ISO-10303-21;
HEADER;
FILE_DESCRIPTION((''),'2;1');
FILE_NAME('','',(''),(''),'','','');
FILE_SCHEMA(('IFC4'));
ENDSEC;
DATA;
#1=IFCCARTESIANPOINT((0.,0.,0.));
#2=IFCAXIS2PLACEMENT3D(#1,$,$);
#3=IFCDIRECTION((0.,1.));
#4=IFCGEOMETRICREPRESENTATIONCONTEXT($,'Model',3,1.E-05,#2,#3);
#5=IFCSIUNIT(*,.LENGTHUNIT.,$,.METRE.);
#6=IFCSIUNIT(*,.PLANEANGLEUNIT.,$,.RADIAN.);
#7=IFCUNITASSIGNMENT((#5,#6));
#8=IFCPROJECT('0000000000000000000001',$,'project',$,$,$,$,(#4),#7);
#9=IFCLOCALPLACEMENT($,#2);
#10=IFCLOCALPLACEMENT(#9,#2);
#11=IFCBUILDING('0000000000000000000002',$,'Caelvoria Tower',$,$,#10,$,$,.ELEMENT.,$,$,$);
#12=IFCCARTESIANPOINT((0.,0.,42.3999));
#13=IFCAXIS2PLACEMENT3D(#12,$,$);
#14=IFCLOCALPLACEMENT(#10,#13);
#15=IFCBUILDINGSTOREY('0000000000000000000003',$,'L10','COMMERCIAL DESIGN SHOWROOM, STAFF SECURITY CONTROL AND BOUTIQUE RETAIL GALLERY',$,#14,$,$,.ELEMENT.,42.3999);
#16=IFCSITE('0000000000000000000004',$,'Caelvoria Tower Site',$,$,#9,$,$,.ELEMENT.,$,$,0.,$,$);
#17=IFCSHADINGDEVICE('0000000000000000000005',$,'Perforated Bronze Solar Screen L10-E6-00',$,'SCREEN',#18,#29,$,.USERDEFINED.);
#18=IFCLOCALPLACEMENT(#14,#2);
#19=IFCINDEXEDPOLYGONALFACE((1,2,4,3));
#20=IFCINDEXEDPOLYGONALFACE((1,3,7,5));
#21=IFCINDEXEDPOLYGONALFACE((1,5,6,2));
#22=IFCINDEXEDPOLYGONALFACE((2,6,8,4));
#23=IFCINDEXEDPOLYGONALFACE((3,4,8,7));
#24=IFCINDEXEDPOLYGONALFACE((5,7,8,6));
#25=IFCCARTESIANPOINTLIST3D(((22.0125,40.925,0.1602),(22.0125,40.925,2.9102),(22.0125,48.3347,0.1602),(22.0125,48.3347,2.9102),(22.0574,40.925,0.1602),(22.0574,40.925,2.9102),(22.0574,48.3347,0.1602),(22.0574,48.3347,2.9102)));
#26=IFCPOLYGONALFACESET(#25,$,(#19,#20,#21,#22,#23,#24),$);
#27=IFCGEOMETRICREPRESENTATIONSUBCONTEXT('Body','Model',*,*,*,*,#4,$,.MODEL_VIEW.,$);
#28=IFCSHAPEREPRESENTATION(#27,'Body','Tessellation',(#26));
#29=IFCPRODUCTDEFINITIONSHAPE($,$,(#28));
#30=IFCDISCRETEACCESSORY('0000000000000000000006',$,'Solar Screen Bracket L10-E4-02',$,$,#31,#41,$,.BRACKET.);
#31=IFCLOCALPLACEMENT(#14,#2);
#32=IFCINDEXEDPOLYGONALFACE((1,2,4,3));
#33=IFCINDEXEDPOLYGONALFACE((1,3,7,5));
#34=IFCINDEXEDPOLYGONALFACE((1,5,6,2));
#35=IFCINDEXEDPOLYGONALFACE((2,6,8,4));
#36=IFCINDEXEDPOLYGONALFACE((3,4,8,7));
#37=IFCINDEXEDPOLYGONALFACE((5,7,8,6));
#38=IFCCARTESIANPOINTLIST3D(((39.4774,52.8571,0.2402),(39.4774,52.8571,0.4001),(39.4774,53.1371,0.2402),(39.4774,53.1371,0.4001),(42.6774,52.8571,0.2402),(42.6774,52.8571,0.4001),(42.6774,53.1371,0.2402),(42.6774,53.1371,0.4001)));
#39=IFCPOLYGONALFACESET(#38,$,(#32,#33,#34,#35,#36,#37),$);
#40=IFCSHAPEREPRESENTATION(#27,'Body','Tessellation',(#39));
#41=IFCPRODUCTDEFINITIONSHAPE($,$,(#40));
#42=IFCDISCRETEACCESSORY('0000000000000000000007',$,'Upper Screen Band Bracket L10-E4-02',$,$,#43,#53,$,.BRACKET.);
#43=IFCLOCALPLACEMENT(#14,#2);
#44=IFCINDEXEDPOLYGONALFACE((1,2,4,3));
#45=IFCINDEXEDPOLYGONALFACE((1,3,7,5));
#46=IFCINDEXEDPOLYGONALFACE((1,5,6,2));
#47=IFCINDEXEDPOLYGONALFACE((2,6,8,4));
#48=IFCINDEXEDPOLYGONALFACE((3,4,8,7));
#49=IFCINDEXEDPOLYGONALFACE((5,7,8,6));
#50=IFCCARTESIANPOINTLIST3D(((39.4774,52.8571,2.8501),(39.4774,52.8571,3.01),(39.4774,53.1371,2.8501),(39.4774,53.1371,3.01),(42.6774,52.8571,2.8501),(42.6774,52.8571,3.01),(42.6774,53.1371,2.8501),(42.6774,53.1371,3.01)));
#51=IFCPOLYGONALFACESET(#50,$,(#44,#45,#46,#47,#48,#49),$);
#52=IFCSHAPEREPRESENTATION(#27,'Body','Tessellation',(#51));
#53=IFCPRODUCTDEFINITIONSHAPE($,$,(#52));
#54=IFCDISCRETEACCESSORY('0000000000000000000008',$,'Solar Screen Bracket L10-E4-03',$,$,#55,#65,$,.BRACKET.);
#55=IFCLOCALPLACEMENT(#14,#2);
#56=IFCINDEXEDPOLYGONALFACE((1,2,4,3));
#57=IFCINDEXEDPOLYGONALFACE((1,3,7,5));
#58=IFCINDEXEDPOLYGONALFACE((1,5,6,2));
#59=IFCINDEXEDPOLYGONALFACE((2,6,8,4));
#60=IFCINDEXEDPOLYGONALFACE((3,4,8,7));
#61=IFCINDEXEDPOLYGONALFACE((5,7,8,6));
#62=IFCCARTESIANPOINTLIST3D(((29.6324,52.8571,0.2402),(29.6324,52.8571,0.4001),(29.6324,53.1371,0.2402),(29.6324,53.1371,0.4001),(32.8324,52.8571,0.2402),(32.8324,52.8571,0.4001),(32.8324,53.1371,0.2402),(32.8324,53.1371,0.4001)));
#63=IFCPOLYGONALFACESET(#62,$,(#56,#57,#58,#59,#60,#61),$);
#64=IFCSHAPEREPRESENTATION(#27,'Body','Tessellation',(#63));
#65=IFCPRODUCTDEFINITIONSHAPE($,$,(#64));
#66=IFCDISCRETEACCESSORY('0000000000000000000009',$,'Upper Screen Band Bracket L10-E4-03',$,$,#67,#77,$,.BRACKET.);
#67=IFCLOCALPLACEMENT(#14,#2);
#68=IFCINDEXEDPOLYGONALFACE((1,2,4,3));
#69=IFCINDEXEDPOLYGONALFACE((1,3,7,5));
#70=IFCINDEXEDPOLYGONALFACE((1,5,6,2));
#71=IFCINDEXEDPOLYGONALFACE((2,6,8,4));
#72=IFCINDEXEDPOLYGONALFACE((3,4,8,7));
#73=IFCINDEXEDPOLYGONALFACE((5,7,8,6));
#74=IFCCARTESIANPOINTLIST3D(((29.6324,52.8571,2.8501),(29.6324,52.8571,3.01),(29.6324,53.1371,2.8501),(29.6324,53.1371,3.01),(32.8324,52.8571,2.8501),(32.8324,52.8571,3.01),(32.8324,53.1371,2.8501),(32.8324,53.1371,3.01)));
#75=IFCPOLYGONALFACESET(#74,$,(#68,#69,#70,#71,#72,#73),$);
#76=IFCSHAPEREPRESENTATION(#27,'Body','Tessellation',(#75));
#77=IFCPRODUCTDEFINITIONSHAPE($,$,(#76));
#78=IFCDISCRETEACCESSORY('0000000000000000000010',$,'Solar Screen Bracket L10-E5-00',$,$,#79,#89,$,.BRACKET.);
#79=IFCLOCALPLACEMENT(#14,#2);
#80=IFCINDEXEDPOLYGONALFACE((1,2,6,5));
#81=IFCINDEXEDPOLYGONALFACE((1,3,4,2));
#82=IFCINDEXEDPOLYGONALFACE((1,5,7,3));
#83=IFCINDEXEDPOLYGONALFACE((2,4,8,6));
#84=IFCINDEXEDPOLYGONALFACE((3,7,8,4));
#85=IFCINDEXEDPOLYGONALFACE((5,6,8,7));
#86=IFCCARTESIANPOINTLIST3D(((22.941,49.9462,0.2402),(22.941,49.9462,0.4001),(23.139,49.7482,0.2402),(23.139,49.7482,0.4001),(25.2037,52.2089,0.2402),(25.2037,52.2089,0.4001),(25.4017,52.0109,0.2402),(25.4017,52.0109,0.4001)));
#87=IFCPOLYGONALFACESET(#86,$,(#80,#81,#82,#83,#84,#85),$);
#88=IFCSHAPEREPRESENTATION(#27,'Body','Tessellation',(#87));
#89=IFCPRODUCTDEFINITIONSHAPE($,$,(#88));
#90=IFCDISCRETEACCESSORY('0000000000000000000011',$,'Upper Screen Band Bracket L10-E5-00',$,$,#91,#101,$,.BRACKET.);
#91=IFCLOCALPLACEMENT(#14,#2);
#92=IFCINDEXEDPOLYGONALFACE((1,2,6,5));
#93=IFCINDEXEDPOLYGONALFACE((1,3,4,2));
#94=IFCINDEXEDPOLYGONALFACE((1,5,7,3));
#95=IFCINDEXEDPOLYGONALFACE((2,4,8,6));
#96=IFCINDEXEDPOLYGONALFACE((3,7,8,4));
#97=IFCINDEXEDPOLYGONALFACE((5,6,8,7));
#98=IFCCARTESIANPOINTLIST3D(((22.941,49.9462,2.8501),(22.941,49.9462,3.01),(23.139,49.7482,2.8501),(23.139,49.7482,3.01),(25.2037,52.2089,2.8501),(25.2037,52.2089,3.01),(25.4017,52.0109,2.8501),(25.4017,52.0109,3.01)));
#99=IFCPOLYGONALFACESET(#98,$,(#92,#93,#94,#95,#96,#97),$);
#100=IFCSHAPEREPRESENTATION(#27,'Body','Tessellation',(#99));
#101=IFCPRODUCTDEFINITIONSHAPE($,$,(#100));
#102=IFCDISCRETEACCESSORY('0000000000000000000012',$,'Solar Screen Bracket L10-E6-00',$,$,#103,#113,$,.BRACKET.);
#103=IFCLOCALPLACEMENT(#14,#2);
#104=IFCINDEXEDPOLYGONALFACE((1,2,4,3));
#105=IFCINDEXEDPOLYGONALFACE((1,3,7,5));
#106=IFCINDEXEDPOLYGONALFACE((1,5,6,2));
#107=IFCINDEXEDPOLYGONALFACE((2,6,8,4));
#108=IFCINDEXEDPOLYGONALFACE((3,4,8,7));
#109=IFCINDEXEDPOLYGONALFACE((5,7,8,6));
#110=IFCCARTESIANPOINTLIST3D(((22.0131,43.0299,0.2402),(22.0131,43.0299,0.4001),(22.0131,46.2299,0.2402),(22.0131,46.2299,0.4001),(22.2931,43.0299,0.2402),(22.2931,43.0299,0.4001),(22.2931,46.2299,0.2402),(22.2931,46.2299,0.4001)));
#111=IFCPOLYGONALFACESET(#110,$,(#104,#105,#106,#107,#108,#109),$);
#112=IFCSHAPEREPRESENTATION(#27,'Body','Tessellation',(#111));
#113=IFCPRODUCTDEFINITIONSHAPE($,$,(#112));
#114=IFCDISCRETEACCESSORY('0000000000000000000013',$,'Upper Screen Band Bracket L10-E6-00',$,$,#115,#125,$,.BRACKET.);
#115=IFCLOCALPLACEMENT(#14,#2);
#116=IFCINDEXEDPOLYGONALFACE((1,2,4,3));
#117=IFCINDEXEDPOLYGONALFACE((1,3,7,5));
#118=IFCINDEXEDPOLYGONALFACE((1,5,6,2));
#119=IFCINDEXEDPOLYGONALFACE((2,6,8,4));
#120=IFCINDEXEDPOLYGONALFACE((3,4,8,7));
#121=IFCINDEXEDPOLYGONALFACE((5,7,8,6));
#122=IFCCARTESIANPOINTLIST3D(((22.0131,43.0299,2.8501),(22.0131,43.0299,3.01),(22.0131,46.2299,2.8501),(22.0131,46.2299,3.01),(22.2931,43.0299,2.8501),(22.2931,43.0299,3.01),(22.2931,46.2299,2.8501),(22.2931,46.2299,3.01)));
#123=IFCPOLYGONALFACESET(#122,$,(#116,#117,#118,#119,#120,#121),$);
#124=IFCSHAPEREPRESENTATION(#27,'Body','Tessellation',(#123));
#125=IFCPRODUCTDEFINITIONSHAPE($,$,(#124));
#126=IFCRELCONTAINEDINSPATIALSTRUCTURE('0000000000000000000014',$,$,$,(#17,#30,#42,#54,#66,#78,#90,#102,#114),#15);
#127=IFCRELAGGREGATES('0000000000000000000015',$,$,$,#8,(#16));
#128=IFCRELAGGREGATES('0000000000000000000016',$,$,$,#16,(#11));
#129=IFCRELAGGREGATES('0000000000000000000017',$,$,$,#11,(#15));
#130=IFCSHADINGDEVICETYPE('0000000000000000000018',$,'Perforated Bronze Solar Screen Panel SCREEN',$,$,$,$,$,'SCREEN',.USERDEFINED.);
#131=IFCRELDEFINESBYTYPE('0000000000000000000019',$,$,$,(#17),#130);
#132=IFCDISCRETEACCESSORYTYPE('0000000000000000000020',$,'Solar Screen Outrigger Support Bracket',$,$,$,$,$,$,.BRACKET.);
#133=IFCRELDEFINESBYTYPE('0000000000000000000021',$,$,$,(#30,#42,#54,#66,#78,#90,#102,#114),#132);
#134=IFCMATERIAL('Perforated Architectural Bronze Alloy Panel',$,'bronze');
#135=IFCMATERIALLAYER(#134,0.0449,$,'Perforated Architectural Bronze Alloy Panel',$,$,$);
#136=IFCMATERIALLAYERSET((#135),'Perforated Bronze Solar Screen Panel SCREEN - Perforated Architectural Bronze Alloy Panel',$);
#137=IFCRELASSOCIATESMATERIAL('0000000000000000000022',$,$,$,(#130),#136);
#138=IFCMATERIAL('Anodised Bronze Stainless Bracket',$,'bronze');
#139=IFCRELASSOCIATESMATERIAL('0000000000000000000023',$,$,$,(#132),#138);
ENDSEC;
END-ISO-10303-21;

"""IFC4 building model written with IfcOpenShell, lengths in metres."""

from ifc_helpers import new_model, si_unit, direction, frame, origin, origin_2d, place, context, subcontext, project, spatial, rectangle, extrude, material, layer, layer_set, type_object, element, save


model = new_model("IFC4")

# Units and contexts
model_context = context("Model", 3, precision=1e-05, world=origin(), true_north=direction((0.0, 1.0)))
body_context = subcontext(model_context, "Body", "Model", "MODEL_VIEW")
ifc_project = project(units=[si_unit("LENGTHUNIT", "METRE"), si_unit("PLANEANGLEUNIT", "RADIAN")], contexts=[model_context])

# Site, building, storey
site_placement = place(None, origin())
site = spatial("IfcSite", under=ifc_project, at=site_placement, Name="Caelvoria Tower Site", CompositionType="ELEMENT", RefElevation=0.0)
building_placement = place(site_placement, origin())
building = spatial("IfcBuilding", under=site, at=building_placement, Name="Caelvoria Tower", CompositionType="ELEMENT")
storey_placement = place(building_placement, frame((0.0, 0.0, 42.3999)))
storey = spatial("IfcBuildingStorey", under=building, at=storey_placement, Name="L10", Description="COMMERCIAL DESIGN SHOWROOM, STAFF SECURITY CONTROL AND BOUTIQUE RETAIL GALLERY", CompositionType="ELEMENT", Elevation=42.3999)

# Shading device
ifc_material_1 = material(Name="Perforated Architectural Bronze Alloy Panel", Category="bronze")
ifc_layer_1 = layer(ifc_material_1, 0.0449, Name="Perforated Architectural Bronze Alloy Panel")
ifc_layer_set_1 = layer_set([ifc_layer_1], Name="Perforated Bronze Solar Screen Panel SCREEN - Perforated Architectural Bronze Alloy Panel")
shading_device_type = type_object("IfcShadingDeviceType", Name="Perforated Bronze Solar Screen Panel SCREEN", ElementType="SCREEN", PredefinedType="USERDEFINED", material=ifc_layer_set_1)
shading_device_1_placement = place(storey_placement, frame((22.0349, 44.6299, 0.1602), z_axis=(0.0, 0.0, 1.0), x_axis=(0.0, -1.0, 0.0)))
element("IfcShadingDevice", 1, at=shading_device_1_placement, inside=storey, type_object=shading_device_type, Name="Perforated Bronze Solar Screen L10-E6-00", ObjectType="SCREEN", PredefinedType="USERDEFINED", context=body_context, shape_type="SweptSolid", body=[
    extrude(rectangle(XDim=7.4097, YDim=0.0449, at=origin_2d()), origin(), (0.0, 0.0, 1.0), 2.75),
])

# Discrete accessories
ifc_material_2 = material(Name="Anodised Bronze Stainless Bracket", Category="bronze")
discrete_accessory_type = type_object("IfcDiscreteAccessoryType", Name="Solar Screen Outrigger Support Bracket", PredefinedType="BRACKET", material=ifc_material_2)
for number, where, z_axis, x_axis, name in (
    (2, (41.0774, 52.9971, 0.2402), (0.0, 0.0, 1.0), (-1.0, 0.0, 0.0), "Solar Screen Bracket L10-E4-02"),
    (3, (41.0774, 52.9971, 2.8501), (0.0, 0.0, 1.0), (-1.0, 0.0, 0.0), "Upper Screen Band Bracket L10-E4-02"),
    (4, (31.2324, 52.9971, 0.2402), (0.0, 0.0, 1.0), (-1.0, 0.0, 0.0), "Solar Screen Bracket L10-E4-03"),
    (5, (31.2324, 52.9971, 2.8501), (0.0, 0.0, 1.0), (-1.0, 0.0, 0.0), "Upper Screen Band Bracket L10-E4-03"),
    (6, (24.1714, 50.9785, 0.2402), (0.0, 0.0, 1.0), (-0.707107, -0.707107, 0.0), "Solar Screen Bracket L10-E5-00"),
    (7, (24.1714, 50.9785, 2.8501), (0.0, 0.0, 1.0), (-0.707107, -0.707107, 0.0), "Upper Screen Band Bracket L10-E5-00"),
    (8, (22.1531, 44.6299, 0.2402), (0.0, 0.0, 1.0), (0.0, -1.0, 0.0), "Solar Screen Bracket L10-E6-00"),
    (9, (22.1531, 44.6299, 2.8501), (0.0, 0.0, 1.0), (0.0, -1.0, 0.0), "Upper Screen Band Bracket L10-E6-00"),
):
    element("IfcDiscreteAccessory", number, at=place(storey_placement, frame(where, z_axis=z_axis, x_axis=x_axis)), inside=storey, type_object=discrete_accessory_type, Name=name, PredefinedType="BRACKET", context=body_context, shape_type="SweptSolid", body=[
        extrude(rectangle(XDim=3.2, YDim=0.28, at=origin_2d()), origin(), (0.0, 0.0, 1.0), 0.1599),
    ])

save(model, "model.ifc")
